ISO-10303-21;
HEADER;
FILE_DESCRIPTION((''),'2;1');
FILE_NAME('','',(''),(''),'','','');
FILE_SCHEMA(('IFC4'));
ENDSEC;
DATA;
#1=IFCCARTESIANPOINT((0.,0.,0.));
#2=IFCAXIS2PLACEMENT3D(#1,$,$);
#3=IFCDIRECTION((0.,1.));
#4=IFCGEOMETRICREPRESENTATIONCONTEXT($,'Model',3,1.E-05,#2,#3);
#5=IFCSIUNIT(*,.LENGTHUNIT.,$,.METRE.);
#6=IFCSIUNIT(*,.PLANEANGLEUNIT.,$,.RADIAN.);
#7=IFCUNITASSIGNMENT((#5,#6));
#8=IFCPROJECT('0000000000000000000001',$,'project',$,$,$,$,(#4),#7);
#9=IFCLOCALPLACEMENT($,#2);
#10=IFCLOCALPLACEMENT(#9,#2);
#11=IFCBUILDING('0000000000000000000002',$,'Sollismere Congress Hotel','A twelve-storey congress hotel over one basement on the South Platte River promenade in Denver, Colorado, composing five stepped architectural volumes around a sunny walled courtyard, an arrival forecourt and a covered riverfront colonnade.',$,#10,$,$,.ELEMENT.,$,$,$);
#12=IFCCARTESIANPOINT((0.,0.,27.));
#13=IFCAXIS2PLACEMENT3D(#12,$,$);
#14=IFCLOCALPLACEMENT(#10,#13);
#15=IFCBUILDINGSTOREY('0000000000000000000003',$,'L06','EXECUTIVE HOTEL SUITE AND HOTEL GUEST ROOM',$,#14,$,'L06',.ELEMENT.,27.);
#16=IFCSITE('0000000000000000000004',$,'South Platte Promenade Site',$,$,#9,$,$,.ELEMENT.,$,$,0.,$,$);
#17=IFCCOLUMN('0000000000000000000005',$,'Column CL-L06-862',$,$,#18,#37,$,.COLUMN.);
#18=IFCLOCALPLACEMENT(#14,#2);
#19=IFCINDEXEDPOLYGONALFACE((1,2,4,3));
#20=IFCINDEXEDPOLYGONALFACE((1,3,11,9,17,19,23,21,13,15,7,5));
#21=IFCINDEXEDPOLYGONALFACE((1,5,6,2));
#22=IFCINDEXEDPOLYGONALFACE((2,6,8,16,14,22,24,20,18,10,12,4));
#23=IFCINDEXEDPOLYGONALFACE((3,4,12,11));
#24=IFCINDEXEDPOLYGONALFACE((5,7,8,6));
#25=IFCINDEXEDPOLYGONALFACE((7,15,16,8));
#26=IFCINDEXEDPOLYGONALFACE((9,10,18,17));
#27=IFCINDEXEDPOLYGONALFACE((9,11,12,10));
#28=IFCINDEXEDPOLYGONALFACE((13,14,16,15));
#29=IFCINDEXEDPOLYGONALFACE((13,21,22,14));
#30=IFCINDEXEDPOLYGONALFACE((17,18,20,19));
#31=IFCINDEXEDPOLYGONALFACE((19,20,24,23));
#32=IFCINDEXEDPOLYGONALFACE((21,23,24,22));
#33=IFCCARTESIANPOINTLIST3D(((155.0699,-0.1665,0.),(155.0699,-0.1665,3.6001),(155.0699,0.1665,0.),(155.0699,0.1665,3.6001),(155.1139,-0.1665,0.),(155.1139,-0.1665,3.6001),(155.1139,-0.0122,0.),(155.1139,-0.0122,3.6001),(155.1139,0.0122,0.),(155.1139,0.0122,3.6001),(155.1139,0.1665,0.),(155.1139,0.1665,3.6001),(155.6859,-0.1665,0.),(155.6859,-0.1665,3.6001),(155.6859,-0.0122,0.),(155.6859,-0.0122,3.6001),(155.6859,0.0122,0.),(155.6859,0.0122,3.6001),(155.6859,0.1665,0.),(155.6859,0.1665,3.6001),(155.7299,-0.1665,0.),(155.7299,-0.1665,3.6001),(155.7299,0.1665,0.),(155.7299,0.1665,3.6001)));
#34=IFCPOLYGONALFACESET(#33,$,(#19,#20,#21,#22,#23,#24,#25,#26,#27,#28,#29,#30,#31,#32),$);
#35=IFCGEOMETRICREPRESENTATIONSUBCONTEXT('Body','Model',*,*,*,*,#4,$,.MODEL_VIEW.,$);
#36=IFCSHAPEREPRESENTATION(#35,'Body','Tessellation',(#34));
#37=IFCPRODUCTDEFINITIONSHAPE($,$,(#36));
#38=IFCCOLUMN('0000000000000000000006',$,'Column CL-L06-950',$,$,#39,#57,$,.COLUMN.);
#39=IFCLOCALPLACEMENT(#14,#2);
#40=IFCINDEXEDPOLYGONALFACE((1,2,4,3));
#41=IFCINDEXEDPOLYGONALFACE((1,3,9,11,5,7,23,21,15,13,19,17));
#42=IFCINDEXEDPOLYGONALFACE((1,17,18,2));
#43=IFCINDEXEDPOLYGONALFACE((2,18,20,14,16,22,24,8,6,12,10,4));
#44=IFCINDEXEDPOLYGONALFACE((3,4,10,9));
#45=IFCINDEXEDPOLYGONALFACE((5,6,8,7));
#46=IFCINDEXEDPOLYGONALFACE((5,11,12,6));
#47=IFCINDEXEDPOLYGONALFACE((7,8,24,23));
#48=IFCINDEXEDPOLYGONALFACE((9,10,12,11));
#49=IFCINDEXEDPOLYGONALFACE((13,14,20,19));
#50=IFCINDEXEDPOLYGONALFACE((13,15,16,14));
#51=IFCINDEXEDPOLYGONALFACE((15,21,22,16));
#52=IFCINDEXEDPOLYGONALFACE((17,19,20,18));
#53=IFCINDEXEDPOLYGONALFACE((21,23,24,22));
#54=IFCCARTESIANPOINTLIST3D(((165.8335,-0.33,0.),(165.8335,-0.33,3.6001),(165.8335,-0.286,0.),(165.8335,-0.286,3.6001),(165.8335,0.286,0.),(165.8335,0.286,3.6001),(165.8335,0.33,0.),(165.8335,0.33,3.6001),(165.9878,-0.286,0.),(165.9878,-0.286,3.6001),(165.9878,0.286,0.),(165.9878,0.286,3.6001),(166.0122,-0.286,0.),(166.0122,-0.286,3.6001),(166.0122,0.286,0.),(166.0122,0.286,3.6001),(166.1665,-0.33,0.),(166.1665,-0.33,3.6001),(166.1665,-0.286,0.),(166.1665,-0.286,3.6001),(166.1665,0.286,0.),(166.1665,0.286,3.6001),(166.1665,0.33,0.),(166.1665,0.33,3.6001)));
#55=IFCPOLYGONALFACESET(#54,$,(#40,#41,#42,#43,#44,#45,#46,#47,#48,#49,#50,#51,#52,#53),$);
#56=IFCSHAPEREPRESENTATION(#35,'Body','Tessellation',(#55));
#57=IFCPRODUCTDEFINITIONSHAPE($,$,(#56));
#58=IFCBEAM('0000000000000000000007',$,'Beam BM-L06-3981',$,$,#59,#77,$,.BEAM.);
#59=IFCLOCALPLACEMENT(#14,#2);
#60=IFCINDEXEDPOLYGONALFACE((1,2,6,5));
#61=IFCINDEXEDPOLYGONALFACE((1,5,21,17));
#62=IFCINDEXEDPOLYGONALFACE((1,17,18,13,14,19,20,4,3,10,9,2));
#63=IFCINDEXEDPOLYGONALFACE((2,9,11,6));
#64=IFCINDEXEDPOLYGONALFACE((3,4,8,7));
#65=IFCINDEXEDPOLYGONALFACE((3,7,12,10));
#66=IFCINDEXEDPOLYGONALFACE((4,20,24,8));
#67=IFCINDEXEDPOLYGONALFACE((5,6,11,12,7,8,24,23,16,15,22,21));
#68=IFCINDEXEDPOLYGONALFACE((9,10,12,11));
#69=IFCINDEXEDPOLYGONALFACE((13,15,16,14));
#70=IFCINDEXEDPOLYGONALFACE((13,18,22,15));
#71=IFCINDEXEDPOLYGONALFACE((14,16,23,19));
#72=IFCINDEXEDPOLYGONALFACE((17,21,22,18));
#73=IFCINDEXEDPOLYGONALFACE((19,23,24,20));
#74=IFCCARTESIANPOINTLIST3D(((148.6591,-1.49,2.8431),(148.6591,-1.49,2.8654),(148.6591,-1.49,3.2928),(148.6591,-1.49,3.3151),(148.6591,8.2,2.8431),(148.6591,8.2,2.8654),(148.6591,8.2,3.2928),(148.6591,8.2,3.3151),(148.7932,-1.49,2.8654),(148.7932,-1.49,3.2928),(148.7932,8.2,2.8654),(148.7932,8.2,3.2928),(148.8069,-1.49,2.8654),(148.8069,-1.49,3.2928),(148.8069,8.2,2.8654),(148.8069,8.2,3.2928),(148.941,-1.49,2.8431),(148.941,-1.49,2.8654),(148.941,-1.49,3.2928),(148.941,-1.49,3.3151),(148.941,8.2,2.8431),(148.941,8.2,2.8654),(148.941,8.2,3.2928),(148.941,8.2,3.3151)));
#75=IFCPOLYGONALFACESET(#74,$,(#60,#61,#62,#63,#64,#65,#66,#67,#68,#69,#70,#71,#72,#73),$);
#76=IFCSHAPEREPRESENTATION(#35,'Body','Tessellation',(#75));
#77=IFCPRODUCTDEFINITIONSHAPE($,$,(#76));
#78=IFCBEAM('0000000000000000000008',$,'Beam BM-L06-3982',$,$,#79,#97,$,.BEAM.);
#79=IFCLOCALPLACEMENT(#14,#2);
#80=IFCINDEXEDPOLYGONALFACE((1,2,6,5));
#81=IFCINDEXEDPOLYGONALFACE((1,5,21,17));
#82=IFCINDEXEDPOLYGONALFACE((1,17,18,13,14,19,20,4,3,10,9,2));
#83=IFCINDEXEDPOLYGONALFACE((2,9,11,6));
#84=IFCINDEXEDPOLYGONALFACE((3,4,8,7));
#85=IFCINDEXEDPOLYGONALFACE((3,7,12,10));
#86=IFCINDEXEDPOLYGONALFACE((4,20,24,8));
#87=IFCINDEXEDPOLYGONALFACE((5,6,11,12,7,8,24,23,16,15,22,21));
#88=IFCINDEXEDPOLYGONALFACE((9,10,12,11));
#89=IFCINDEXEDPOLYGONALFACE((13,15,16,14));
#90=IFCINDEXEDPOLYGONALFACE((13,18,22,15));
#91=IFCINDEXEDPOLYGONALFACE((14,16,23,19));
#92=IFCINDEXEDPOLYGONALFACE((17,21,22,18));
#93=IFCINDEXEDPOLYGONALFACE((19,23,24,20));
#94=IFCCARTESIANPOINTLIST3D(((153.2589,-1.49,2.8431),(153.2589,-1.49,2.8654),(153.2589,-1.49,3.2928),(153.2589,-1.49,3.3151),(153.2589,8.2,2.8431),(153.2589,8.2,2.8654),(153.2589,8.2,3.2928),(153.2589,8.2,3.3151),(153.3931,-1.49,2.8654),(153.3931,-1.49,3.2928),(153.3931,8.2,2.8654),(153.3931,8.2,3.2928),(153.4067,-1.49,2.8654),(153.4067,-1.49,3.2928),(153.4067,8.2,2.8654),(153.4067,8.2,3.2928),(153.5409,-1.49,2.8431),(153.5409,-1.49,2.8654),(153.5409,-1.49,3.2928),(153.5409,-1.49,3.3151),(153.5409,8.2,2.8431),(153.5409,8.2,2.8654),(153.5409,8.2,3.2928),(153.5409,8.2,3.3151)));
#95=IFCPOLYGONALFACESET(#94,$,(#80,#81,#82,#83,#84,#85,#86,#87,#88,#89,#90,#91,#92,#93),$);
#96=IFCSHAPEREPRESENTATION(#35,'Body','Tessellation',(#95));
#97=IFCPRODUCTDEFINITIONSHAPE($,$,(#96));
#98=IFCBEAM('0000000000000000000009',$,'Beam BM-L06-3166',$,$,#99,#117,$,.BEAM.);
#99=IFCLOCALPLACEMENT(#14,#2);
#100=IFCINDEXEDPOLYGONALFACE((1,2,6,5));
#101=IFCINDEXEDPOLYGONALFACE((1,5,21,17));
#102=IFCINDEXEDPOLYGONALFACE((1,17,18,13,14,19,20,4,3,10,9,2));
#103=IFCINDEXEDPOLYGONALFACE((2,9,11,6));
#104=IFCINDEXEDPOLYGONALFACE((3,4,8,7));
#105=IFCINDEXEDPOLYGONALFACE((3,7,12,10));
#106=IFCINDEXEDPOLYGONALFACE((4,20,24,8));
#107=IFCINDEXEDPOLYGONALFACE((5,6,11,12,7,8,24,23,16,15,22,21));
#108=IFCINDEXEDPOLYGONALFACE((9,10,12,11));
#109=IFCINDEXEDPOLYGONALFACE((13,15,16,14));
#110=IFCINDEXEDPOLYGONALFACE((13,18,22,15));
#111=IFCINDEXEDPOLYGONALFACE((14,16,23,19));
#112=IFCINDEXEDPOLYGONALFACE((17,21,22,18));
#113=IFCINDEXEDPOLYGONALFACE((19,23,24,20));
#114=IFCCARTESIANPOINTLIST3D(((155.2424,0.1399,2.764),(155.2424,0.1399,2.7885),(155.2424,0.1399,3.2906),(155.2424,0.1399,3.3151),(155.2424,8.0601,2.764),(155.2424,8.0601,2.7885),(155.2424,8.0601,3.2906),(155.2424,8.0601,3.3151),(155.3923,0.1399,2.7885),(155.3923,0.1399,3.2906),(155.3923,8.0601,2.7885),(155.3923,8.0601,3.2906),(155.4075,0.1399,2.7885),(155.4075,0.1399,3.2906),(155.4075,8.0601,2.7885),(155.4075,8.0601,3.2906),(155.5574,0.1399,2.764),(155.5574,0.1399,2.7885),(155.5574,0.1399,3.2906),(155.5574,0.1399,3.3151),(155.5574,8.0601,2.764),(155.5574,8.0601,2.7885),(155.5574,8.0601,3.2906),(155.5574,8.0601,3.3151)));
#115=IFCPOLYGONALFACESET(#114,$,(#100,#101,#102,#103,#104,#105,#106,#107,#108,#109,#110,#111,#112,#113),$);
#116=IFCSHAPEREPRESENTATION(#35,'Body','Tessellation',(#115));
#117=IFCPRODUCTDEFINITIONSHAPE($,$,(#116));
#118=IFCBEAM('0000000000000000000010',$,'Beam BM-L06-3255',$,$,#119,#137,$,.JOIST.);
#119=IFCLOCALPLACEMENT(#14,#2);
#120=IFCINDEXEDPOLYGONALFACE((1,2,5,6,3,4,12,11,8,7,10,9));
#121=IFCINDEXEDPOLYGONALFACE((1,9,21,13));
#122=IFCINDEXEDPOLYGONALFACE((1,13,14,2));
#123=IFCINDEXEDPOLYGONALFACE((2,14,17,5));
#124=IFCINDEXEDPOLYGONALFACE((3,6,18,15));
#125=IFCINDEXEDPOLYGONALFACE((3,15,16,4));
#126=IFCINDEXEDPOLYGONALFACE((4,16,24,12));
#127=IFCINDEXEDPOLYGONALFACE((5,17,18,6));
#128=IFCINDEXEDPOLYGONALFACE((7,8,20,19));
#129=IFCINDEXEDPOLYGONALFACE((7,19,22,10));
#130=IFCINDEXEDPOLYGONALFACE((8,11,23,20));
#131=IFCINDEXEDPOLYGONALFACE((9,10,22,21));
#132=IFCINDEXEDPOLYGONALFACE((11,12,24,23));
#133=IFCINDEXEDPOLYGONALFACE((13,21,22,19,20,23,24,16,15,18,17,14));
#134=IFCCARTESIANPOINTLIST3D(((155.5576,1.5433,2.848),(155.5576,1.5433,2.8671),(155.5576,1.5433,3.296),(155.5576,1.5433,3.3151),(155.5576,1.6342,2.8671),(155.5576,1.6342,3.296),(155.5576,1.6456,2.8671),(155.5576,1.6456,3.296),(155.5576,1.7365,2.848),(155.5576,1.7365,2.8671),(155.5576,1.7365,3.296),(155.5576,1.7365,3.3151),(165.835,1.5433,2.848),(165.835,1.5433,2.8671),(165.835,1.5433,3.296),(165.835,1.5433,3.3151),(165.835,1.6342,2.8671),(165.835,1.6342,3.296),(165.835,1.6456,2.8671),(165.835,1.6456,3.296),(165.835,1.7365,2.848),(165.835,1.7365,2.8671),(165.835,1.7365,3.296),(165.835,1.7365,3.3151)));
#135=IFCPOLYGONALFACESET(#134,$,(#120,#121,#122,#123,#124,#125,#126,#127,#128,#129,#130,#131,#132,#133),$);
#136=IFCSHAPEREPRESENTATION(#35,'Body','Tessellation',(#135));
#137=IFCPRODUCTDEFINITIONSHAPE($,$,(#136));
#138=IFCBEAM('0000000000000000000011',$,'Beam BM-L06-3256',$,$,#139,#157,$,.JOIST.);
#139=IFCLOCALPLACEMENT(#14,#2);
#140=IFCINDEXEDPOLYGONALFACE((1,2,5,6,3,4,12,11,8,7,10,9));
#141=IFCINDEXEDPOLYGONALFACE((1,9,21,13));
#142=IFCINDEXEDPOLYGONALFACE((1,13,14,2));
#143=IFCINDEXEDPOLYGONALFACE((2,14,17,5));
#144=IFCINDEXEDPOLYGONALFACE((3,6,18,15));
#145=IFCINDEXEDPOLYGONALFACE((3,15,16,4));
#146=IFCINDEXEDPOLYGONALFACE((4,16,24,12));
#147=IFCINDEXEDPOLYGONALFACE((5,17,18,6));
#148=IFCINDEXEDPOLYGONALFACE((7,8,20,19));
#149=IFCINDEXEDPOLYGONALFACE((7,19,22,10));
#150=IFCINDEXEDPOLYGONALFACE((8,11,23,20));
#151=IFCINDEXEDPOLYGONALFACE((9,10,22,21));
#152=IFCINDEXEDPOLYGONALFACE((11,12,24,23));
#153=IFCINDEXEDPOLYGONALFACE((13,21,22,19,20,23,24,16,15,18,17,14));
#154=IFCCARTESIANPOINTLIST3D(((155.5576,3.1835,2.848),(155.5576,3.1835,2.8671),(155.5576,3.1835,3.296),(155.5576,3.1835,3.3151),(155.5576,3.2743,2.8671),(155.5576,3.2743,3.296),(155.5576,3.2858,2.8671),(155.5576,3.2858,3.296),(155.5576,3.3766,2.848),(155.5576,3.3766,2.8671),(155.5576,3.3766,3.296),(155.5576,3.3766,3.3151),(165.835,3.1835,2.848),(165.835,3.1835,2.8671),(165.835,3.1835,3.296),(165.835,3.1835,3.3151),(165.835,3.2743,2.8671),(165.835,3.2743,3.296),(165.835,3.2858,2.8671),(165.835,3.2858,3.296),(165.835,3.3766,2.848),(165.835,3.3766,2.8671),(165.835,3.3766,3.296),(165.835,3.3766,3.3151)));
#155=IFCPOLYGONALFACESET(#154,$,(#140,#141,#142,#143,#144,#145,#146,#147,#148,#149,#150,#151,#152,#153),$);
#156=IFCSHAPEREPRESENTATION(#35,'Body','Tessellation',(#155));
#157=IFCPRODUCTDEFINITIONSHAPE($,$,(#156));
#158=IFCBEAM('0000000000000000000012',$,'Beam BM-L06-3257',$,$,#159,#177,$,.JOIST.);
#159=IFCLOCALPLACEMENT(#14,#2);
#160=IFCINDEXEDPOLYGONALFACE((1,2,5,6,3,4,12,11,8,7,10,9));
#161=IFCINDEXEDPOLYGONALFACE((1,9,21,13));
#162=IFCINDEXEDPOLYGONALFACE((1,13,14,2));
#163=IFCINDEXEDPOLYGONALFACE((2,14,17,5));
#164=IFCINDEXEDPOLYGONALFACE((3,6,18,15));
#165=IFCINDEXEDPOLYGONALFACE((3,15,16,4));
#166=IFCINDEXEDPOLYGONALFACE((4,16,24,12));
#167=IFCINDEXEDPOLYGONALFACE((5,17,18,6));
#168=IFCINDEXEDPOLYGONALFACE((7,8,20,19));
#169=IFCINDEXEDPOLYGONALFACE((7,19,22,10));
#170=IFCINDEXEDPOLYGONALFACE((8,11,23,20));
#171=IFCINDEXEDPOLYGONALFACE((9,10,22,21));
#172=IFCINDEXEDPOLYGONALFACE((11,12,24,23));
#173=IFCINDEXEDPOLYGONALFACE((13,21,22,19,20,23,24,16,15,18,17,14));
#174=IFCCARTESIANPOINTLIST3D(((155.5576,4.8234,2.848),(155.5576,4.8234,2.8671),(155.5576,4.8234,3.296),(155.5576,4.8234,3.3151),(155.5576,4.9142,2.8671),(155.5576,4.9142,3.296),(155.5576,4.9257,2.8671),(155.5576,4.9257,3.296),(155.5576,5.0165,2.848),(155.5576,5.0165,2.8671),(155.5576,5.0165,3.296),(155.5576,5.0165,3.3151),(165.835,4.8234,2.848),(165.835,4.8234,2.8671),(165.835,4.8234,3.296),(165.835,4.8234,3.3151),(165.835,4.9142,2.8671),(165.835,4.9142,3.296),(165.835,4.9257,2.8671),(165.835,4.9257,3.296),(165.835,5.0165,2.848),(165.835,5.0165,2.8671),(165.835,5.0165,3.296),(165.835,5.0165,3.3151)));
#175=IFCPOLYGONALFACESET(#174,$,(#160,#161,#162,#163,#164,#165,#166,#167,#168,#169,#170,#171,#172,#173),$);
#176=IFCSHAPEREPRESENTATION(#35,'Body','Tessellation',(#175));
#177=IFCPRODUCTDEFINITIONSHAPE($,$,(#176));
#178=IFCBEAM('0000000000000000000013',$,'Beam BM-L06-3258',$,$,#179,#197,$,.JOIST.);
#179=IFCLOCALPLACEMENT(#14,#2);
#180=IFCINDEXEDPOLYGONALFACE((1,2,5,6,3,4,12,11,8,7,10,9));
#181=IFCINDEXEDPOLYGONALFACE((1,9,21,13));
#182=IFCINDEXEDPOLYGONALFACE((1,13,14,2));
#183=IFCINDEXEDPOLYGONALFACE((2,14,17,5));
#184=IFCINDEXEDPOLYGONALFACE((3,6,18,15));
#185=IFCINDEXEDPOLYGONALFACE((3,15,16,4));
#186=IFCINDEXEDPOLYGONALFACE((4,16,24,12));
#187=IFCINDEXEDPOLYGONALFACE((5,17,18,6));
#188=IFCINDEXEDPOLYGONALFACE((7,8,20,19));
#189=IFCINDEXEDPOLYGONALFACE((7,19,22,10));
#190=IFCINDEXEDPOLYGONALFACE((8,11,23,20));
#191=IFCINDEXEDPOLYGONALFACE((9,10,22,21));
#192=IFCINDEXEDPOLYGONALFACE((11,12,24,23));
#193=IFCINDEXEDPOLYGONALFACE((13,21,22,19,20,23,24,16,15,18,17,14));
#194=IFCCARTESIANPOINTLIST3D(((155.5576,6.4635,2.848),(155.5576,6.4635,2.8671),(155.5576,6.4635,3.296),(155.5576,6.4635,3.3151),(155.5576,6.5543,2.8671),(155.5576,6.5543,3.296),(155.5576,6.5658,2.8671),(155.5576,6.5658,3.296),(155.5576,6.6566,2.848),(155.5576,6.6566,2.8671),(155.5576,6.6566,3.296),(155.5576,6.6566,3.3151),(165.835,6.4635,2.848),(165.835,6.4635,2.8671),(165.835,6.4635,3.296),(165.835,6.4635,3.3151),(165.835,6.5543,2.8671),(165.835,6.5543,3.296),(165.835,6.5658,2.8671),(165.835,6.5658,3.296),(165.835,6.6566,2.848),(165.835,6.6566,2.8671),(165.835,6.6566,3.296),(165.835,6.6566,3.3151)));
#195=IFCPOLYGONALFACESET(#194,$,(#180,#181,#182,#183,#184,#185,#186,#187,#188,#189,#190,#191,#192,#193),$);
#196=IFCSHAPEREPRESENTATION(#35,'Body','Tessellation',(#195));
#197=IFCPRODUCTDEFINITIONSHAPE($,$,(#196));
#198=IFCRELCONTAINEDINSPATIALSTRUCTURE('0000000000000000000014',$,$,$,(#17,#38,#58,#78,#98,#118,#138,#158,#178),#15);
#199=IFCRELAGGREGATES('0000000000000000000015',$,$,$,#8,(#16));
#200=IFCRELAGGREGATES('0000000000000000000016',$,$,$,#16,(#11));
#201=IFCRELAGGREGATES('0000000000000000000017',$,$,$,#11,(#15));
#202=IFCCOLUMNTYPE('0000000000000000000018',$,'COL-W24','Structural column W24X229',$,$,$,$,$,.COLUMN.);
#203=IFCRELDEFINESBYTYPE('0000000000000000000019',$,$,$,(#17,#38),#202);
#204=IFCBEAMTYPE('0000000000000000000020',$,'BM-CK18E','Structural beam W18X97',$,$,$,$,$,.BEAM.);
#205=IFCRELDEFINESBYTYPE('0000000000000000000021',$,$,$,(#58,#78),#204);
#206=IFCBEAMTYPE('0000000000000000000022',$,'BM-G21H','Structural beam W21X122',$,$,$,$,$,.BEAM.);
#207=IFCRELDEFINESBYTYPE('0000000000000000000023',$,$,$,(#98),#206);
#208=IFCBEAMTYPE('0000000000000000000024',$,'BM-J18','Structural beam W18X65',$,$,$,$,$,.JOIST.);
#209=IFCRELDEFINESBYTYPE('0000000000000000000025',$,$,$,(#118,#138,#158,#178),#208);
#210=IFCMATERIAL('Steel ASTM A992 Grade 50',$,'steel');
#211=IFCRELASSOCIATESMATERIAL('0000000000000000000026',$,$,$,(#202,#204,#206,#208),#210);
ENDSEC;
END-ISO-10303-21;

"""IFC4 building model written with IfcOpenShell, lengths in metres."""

from ifc_helpers import new_model, si_unit, direction, frame, origin, origin_2d, place, context, subcontext, project, spatial, i_section, extrude, material, material_profile, profile_set, type_object, element, save


model = new_model("IFC4")

# Units and contexts
model_context = context("Model", 3, precision=1e-05, world=origin(), true_north=direction((0.0, 1.0)))
body_context = subcontext(model_context, "Body", "Model", "MODEL_VIEW")
ifc_project = project(units=[si_unit("LENGTHUNIT", "METRE"), si_unit("PLANEANGLEUNIT", "RADIAN")], contexts=[model_context])

# Site, building, storey
site_placement = place(None, origin())
site = spatial("IfcSite", under=ifc_project, at=site_placement, Name="South Platte Promenade Site", CompositionType="ELEMENT", RefElevation=0.0)
building_placement = place(site_placement, origin())
building = spatial("IfcBuilding", under=site, at=building_placement, Name="Sollismere Congress Hotel", Description="A twelve-storey congress hotel over one basement on the South Platte River promenade in Denver, Colorado, composing five stepped architectural volumes around a sunny walled courtyard, an arrival forecourt and a covered riverfront colonnade.", CompositionType="ELEMENT")
storey_placement = place(building_placement, frame((0.0, 0.0, 27.0)))
storey = spatial("IfcBuildingStorey", under=building, at=storey_placement, Name="L06", Description="EXECUTIVE HOTEL SUITE AND HOTEL GUEST ROOM", LongName="L06", CompositionType="ELEMENT", Elevation=27.0)

# Columns
ifc_material_1 = material(Name="Steel ASTM A992 Grade 50", Category="steel")
ifc_material_profile_1 = material_profile(ifc_material_1, i_section(OverallWidth=0.333, OverallDepth=0.6599, WebThickness=0.0244, FlangeThickness=0.0439, at=origin_2d()), Name="W24X229")
ifc_profile_set_1 = profile_set([ifc_material_profile_1], Name="Steel ASTM A992 Grade 50")
column_type = type_object("IfcColumnType", Name="COL-W24", Description="Structural column W24X229", PredefinedType="COLUMN", material=ifc_profile_set_1)
for number, where, z_axis, x_axis, name in (
    (1, (155.3999, 0.0, 0.0), (0.0, 0.0, 1.0), (0.0, 1.0, 0.0), "Column CL-L06-862"),
    (2, (166.0, 0.0, 0.0), (0.0, 0.0, 1.0), (1.0, 0.0, 0.0), "Column CL-L06-950"),
):
    element("IfcColumn", number, at=place(storey_placement, frame(where, z_axis=z_axis, x_axis=x_axis)), inside=storey, type_object=column_type, Name=name, PredefinedType="COLUMN", context=body_context, shape_type="SweptSolid", body=[
        extrude(i_section(OverallWidth=0.333, OverallDepth=0.6599, WebThickness=0.0244, FlangeThickness=0.0439, at=origin_2d()), origin(), (0.0, 0.0, 1.0), 3.6001),
    ])

# Beams
ifc_material_profile_2 = material_profile(ifc_material_1, i_section(OverallWidth=0.282, OverallDepth=0.4719, WebThickness=0.0137, FlangeThickness=0.0222, at=origin_2d()), Name="W18X97")
ifc_profile_set_2 = profile_set([ifc_material_profile_2], Name="Steel ASTM A992 Grade 50")
beam_type_1 = type_object("IfcBeamType", Name="BM-CK18E", Description="Structural beam W18X97", PredefinedType="BEAM", material=ifc_profile_set_2)
for number, where, z_axis, x_axis, name in (
    (3, (148.8, 8.2, 3.0791), (0.0, -1.0, 0.0), (1.0, 0.0, 0.0), "Beam BM-L06-3981"),
    (4, (153.3999, 8.2, 3.0791), (0.0, -1.0, 0.0), (1.0, 0.0, 0.0), "Beam BM-L06-3982"),
):
    element("IfcBeam", number, at=place(storey_placement, frame(where, z_axis=z_axis, x_axis=x_axis)), inside=storey, type_object=beam_type_1, Name=name, PredefinedType="BEAM", context=body_context, shape_type="SweptSolid", body=[
        extrude(i_section(OverallWidth=0.282, OverallDepth=0.4719, WebThickness=0.0137, FlangeThickness=0.0222, at=origin_2d()), origin(), (0.0, 0.0, 1.0), 9.6899),
    ])
ifc_material_profile_3 = material_profile(ifc_material_1, i_section(OverallWidth=0.3149, OverallDepth=0.551, WebThickness=0.0151, FlangeThickness=0.0244, at=origin_2d()), Name="W21X122")
ifc_profile_set_3 = profile_set([ifc_material_profile_3], Name="Steel ASTM A992 Grade 50")
beam_type_2 = type_object("IfcBeamType", Name="BM-G21H", Description="Structural beam W21X122", PredefinedType="BEAM", material=ifc_profile_set_3)
beam_1_placement = place(storey_placement, frame((155.3999, 0.1399, 3.0396), z_axis=(0.0, 1.0, 0.0), x_axis=(-1.0, 0.0, 0.0)))
element("IfcBeam", 5, at=beam_1_placement, inside=storey, type_object=beam_type_2, Name="Beam BM-L06-3166", PredefinedType="BEAM", context=body_context, shape_type="SweptSolid", body=[
    extrude(i_section(OverallWidth=0.3149, OverallDepth=0.551, WebThickness=0.0151, FlangeThickness=0.0244, at=origin_2d()), origin(), (0.0, 0.0, 1.0), 7.9202),
])
ifc_material_profile_4 = material_profile(ifc_material_1, i_section(OverallWidth=0.1931, OverallDepth=0.467, WebThickness=0.0115, FlangeThickness=0.019, at=origin_2d()), Name="W18X65")
ifc_profile_set_4 = profile_set([ifc_material_profile_4], Name="Steel ASTM A992 Grade 50")
beam_type_3 = type_object("IfcBeamType", Name="BM-J18", Description="Structural beam W18X65", PredefinedType="JOIST", material=ifc_profile_set_4)
for number, where, z_axis, x_axis, name in (
    (6, (155.5576, 1.6399, 3.0815), (1.0, 0.0, 0.0), (0.0, 1.0, 0.0), "Beam BM-L06-3255"),
    (7, (155.5576, 3.28, 3.0815), (1.0, 0.0, 0.0), (0.0, 1.0, 0.0), "Beam BM-L06-3256"),
    (8, (155.5576, 4.9199, 3.0815), (1.0, 0.0, 0.0), (0.0, 1.0, 0.0), "Beam BM-L06-3257"),
    (9, (155.5576, 6.5601, 3.0815), (1.0, 0.0, 0.0), (0.0, 1.0, 0.0), "Beam BM-L06-3258"),
):
    element("IfcBeam", number, at=place(storey_placement, frame(where, z_axis=z_axis, x_axis=x_axis)), inside=storey, type_object=beam_type_3, Name=name, PredefinedType="JOIST", context=body_context, shape_type="SweptSolid", body=[
        extrude(i_section(OverallWidth=0.1931, OverallDepth=0.467, WebThickness=0.0115, FlangeThickness=0.019, at=origin_2d()), origin(), (0.0, 0.0, 1.0), 10.2773),
    ])

save(model, "model.ifc")
